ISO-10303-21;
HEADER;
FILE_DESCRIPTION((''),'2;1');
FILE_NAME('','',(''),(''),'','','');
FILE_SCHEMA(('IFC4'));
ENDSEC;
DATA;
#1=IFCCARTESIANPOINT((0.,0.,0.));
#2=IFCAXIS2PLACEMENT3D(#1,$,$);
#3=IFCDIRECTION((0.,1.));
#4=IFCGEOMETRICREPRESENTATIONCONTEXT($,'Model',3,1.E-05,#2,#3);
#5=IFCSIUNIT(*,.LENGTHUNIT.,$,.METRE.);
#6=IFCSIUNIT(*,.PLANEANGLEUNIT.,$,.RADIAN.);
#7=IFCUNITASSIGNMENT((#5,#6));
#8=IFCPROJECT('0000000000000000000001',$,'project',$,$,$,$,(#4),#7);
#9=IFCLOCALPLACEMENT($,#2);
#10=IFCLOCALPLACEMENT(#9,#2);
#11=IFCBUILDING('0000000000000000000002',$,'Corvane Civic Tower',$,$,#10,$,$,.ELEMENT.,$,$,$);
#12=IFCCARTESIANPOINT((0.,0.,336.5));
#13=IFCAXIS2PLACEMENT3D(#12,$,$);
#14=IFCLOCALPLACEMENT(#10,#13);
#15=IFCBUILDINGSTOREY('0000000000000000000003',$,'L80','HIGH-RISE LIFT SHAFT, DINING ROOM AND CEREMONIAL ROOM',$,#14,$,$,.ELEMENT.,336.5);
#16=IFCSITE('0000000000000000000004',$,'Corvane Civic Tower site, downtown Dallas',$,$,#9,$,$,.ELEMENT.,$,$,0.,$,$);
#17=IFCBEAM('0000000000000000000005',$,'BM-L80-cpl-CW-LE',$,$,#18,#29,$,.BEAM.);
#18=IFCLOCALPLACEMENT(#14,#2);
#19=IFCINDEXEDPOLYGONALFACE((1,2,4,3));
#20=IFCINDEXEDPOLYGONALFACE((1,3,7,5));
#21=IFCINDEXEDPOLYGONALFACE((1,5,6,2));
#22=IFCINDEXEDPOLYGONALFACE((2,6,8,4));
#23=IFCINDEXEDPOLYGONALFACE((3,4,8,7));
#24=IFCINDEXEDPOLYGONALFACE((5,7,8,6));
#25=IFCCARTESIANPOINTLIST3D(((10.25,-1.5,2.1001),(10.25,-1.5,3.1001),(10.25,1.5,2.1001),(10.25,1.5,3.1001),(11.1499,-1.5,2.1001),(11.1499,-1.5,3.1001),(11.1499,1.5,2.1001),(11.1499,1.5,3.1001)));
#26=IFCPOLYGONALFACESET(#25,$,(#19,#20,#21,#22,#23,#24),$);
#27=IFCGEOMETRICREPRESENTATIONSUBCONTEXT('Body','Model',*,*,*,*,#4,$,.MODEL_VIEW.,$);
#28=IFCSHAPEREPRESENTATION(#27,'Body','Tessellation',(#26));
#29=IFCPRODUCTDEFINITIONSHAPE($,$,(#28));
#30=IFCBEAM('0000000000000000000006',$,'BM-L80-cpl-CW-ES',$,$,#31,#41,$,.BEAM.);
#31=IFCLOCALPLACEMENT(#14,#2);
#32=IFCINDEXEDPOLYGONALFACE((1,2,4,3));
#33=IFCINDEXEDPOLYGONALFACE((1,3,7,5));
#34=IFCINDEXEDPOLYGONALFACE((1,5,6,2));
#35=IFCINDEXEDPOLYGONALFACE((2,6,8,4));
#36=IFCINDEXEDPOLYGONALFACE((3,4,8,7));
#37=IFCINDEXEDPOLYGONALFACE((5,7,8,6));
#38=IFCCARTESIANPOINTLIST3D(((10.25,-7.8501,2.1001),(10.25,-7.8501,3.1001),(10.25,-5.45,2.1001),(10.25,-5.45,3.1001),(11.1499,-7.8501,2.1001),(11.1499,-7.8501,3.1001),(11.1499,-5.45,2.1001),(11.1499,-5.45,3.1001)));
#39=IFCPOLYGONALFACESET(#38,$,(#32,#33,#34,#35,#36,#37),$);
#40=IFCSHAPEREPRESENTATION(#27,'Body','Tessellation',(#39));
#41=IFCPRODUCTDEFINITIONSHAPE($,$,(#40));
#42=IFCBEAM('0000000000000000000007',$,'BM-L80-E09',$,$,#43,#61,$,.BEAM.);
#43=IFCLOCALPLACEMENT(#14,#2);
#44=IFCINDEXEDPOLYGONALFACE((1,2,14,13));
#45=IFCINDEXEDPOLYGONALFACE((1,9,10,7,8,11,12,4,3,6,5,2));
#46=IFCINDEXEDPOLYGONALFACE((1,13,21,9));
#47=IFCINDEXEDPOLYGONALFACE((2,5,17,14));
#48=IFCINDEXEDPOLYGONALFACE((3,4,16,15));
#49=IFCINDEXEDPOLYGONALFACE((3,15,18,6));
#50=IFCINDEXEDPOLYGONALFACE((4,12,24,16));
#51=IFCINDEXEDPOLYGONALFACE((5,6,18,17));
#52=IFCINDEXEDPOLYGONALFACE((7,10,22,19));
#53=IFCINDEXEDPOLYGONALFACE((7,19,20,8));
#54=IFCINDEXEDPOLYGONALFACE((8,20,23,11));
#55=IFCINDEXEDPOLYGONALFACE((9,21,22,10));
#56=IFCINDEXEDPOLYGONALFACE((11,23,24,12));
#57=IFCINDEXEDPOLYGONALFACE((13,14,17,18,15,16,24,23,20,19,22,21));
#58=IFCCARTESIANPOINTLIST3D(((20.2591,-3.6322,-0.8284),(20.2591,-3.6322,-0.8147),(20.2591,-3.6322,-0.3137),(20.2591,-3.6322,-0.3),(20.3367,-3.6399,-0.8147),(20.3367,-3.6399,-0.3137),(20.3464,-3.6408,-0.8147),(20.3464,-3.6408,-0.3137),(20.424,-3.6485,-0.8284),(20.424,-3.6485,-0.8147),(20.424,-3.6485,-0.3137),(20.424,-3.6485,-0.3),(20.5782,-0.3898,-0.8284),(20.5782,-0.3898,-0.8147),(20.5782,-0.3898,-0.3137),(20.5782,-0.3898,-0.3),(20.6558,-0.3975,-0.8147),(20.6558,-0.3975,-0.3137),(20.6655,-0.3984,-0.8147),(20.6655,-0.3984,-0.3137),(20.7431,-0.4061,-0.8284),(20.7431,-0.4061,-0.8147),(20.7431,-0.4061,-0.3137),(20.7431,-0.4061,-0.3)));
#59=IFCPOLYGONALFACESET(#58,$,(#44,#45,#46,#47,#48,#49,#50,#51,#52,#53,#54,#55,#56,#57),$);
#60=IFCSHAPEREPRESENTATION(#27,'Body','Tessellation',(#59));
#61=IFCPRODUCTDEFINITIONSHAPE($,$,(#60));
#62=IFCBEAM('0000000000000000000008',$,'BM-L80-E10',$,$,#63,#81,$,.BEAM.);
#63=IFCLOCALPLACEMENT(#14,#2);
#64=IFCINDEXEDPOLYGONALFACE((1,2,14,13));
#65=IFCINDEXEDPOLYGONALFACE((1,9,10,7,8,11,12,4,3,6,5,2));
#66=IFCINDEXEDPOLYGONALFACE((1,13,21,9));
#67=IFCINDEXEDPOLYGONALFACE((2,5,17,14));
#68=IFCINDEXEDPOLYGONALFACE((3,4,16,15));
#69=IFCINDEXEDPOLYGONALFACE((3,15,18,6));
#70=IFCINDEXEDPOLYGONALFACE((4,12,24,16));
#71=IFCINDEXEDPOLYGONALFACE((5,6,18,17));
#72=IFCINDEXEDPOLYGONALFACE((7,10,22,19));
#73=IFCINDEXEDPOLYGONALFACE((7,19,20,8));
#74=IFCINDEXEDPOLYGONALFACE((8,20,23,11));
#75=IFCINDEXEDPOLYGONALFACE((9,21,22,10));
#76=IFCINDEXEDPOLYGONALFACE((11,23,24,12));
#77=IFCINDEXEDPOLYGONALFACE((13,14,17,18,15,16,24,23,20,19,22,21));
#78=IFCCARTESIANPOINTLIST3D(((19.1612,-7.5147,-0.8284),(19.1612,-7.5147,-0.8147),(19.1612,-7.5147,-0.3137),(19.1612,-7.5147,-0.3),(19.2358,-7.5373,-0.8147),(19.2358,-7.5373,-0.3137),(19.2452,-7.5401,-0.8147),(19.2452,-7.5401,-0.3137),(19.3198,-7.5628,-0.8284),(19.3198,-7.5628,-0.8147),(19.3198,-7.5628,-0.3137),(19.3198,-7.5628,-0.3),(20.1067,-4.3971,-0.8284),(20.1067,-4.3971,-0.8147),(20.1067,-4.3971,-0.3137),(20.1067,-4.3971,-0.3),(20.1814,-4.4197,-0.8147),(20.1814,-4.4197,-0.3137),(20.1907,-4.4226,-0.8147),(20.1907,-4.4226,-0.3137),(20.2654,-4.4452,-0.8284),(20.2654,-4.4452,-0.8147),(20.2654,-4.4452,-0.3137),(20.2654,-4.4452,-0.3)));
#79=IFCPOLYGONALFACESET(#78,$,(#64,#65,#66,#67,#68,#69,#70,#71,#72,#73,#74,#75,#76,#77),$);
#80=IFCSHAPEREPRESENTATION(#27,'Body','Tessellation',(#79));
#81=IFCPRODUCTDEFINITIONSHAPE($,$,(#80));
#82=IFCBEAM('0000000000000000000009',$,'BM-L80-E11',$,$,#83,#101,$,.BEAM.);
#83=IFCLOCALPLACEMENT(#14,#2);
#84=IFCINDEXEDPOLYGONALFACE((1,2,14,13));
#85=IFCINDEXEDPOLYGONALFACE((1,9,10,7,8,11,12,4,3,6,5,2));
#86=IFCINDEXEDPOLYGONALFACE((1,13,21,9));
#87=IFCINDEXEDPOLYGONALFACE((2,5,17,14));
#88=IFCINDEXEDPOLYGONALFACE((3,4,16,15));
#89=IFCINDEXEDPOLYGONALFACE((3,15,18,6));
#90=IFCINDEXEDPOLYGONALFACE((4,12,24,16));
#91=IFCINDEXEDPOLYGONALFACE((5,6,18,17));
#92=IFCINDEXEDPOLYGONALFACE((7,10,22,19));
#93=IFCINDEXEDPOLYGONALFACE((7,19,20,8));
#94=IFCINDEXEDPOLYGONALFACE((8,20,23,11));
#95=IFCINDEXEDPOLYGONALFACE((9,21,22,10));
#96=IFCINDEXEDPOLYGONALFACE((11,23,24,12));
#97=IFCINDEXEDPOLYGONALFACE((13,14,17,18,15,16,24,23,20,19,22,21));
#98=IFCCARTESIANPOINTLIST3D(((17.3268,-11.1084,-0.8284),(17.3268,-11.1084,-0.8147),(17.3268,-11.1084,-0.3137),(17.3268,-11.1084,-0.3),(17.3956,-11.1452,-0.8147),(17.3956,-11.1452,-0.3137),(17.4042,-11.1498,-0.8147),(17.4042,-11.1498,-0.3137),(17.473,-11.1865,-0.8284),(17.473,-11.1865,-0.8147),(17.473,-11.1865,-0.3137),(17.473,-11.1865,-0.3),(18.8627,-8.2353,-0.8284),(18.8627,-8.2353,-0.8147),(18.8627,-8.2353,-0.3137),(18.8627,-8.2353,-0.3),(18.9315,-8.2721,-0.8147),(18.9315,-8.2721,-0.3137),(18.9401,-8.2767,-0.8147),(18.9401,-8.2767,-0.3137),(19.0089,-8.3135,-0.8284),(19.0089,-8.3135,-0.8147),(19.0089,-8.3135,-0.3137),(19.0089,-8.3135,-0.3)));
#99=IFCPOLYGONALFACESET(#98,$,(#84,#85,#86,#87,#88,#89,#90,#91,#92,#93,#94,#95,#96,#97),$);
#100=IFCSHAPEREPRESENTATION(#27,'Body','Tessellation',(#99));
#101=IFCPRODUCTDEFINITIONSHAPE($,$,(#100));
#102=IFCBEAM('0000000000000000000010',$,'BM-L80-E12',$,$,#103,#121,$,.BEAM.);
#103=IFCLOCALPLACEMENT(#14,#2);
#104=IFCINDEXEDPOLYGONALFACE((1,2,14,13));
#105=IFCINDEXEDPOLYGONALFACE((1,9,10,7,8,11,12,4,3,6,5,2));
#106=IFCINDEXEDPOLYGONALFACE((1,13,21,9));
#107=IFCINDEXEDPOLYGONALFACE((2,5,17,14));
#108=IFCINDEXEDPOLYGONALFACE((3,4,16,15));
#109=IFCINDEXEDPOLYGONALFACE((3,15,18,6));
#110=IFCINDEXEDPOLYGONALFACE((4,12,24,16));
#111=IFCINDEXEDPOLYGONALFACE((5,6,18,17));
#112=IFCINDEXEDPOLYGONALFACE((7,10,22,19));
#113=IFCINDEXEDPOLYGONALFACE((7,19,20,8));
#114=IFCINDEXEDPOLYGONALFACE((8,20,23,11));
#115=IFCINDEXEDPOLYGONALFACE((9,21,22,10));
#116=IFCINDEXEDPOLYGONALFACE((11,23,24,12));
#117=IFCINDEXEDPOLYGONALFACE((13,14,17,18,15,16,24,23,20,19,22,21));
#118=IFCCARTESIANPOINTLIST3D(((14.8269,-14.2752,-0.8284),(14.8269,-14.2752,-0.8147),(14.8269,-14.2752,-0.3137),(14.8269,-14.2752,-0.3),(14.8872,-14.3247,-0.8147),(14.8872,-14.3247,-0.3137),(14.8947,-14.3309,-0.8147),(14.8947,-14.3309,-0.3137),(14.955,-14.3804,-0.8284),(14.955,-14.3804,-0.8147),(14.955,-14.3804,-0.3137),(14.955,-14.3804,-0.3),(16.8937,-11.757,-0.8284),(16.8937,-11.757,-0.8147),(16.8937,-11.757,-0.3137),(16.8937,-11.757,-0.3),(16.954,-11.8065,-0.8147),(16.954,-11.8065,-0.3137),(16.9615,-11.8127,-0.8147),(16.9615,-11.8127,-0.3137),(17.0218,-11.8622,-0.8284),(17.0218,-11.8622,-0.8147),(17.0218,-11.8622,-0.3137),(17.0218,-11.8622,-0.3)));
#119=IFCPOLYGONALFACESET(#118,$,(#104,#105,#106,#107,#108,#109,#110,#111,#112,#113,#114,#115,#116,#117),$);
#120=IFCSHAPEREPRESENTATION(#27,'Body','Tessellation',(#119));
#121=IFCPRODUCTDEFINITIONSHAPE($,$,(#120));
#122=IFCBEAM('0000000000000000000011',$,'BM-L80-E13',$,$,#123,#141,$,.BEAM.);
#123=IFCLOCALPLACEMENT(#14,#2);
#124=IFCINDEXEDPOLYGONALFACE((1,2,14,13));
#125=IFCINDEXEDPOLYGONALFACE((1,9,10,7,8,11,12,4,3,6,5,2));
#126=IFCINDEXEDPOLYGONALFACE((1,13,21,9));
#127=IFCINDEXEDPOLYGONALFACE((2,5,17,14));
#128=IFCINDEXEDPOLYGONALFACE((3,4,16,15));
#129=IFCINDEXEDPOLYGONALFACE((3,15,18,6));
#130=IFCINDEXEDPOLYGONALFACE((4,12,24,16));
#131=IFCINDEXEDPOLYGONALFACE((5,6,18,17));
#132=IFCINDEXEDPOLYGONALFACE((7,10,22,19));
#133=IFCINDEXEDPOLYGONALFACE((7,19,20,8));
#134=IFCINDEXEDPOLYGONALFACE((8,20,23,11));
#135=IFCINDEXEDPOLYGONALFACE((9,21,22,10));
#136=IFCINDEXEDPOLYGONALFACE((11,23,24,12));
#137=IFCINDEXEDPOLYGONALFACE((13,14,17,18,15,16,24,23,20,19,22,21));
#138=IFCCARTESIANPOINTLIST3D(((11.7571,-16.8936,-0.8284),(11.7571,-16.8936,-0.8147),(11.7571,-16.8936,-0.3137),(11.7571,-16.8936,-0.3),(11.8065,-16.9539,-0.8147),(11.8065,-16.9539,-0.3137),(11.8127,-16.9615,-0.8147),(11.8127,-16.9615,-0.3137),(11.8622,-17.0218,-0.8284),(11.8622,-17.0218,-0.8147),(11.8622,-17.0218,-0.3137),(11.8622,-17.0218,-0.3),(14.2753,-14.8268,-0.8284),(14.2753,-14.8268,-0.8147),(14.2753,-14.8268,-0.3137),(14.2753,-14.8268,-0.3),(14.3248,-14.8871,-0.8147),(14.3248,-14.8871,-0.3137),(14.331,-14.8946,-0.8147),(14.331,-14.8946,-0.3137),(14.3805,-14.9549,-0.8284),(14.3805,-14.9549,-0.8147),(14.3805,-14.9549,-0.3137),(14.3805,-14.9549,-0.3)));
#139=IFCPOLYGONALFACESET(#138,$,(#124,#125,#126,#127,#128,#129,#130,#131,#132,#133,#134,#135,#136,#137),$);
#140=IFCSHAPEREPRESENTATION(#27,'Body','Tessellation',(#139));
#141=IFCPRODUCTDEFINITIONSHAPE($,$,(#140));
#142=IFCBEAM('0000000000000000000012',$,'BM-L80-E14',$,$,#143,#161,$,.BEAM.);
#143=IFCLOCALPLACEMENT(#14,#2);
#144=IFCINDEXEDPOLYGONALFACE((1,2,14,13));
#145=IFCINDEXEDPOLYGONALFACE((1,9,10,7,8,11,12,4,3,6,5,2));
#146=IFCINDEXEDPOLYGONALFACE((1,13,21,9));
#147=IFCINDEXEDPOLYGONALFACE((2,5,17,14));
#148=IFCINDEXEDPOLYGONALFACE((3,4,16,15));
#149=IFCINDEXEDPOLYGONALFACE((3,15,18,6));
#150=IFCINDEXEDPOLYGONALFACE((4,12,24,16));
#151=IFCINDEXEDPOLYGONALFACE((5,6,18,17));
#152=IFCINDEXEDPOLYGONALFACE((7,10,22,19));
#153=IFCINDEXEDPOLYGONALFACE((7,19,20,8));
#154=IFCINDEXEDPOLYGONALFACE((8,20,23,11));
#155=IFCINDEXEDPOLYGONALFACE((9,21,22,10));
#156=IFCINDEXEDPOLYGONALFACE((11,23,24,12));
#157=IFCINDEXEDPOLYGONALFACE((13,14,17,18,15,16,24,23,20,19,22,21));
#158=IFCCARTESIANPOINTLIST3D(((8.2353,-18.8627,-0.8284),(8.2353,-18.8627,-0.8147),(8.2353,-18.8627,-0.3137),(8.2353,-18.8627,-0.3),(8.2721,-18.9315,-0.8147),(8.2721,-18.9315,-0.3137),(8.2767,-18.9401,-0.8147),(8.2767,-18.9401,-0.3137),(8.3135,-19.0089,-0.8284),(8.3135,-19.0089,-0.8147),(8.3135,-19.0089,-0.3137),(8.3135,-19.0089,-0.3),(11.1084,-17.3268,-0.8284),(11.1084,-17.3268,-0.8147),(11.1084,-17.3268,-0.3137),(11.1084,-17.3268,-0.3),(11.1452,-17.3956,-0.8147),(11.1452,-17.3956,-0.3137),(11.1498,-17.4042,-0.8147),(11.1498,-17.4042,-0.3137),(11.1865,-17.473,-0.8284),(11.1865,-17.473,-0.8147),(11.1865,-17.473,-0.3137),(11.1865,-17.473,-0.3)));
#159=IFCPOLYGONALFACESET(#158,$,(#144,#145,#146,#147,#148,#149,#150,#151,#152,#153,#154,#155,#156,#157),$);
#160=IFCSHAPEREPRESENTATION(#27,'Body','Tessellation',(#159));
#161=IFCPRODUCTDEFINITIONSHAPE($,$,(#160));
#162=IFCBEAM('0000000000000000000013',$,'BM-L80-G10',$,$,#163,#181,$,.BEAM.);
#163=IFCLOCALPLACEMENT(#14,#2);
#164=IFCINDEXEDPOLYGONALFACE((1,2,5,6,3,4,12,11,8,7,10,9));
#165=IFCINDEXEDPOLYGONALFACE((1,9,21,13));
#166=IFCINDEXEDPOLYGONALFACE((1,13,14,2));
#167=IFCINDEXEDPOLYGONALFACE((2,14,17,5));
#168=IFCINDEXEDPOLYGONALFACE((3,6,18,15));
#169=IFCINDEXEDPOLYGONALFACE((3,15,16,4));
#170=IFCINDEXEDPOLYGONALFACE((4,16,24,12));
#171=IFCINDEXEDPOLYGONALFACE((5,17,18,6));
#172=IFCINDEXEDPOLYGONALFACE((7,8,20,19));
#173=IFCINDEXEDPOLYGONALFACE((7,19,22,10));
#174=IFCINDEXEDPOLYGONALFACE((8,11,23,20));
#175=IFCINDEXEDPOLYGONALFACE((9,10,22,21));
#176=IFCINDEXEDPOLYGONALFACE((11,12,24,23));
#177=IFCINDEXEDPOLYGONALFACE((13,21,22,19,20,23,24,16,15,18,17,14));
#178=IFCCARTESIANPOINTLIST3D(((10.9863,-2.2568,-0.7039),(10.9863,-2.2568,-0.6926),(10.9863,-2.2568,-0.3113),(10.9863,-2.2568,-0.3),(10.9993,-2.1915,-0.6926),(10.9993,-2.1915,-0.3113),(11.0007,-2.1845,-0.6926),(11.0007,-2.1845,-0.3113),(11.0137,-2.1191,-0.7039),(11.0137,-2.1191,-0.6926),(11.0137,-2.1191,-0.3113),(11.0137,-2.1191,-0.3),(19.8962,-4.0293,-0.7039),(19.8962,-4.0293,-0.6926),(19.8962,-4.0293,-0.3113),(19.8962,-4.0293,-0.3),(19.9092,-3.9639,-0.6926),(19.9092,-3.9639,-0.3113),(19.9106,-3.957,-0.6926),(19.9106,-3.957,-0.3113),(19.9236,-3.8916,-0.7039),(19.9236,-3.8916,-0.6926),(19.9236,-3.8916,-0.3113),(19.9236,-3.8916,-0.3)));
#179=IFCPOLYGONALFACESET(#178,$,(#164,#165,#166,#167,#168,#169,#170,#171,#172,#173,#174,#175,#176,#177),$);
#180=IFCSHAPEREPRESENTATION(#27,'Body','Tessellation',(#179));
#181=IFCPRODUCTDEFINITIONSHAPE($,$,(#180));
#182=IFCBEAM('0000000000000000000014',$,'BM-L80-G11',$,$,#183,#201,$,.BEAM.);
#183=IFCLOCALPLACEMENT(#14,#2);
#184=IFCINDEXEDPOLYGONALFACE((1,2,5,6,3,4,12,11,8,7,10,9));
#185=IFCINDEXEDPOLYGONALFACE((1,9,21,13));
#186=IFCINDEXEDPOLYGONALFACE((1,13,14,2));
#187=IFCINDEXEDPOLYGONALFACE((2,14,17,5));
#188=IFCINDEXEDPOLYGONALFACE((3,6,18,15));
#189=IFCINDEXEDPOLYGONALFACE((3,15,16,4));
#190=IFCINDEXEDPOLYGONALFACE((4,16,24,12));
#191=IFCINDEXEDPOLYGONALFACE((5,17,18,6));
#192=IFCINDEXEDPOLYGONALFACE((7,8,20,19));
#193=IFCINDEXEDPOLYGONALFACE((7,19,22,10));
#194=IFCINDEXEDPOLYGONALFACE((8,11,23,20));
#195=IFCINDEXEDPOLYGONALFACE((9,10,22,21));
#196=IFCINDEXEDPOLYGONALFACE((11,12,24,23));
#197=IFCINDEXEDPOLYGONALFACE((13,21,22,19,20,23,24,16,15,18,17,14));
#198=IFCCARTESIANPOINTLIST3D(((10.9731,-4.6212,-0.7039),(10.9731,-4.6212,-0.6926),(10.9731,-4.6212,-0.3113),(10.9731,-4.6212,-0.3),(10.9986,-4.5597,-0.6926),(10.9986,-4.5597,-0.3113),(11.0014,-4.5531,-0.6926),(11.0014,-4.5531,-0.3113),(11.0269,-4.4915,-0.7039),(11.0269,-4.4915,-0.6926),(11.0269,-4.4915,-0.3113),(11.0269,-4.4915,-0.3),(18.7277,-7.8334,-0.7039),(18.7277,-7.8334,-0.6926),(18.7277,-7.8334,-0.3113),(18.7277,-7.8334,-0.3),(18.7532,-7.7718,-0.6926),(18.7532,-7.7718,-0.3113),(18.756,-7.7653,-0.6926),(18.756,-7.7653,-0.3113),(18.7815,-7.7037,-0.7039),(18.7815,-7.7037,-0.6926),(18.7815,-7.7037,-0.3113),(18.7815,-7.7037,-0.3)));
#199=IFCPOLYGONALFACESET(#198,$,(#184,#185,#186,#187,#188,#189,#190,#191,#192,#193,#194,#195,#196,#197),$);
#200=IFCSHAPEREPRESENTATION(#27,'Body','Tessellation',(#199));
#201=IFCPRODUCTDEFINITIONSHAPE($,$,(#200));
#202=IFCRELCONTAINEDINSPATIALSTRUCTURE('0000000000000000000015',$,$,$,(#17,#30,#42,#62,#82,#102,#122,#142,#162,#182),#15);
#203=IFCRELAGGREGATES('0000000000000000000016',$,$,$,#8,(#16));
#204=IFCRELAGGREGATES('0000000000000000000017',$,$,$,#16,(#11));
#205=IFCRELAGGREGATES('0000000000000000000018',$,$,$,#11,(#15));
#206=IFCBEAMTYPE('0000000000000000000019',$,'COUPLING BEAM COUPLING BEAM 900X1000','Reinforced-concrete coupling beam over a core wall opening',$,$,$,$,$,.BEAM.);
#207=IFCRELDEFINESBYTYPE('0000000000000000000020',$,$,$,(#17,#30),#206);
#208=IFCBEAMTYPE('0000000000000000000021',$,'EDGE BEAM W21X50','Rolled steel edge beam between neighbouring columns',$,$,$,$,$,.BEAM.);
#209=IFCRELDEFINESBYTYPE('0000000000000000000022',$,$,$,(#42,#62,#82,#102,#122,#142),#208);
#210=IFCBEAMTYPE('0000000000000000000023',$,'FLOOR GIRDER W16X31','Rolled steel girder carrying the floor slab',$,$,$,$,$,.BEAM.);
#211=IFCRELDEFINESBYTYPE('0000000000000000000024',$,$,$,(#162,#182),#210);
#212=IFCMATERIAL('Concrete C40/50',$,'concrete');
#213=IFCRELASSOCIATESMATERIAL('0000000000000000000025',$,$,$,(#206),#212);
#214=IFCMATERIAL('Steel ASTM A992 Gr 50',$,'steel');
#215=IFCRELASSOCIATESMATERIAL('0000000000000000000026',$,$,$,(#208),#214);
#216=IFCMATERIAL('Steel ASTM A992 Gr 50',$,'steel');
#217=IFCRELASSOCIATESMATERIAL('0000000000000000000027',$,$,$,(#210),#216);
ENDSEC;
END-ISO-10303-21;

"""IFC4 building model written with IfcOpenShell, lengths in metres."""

from ifc_helpers import new_model, si_unit, direction, frame, origin, origin_2d, place, context, subcontext, project, spatial, rectangle, i_section, extrude, material, material_profile, profile_set, type_object, element, save


model = new_model("IFC4")

# Units and contexts
model_context = context("Model", 3, precision=1e-05, world=origin(), true_north=direction((0.0, 1.0)))
body_context = subcontext(model_context, "Body", "Model", "MODEL_VIEW")
ifc_project = project(units=[si_unit("LENGTHUNIT", "METRE"), si_unit("PLANEANGLEUNIT", "RADIAN")], contexts=[model_context])

# Site, building, storey
site_placement = place(None, origin())
site = spatial("IfcSite", under=ifc_project, at=site_placement, Name="Corvane Civic Tower site, downtown Dallas", CompositionType="ELEMENT", RefElevation=0.0)
building_placement = place(site_placement, origin())
building = spatial("IfcBuilding", under=site, at=building_placement, Name="Corvane Civic Tower", CompositionType="ELEMENT")
storey_placement = place(building_placement, frame((0.0, 0.0, 336.5)))
storey = spatial("IfcBuildingStorey", under=building, at=storey_placement, Name="L80", Description="HIGH-RISE LIFT SHAFT, DINING ROOM AND CEREMONIAL ROOM", CompositionType="ELEMENT", Elevation=336.5)

# Beams
ifc_material_1 = material(Name="Concrete C40/50", Category="concrete")
ifc_material_profile_1 = material_profile(ifc_material_1, rectangle(XDim=0.8999, YDim=1.0, at=origin_2d()), Name="COUPLING BEAM 900X1000")
ifc_profile_set_1 = profile_set([ifc_material_profile_1], Name="Concrete C40/50")
beam_type_1 = type_object("IfcBeamType", Name="COUPLING BEAM COUPLING BEAM 900X1000", Description="Reinforced-concrete coupling beam over a core wall opening", PredefinedType="BEAM", material=ifc_profile_set_1)
beam_1_placement = place(storey_placement, frame((10.7, -1.5, 2.6001), z_axis=(0.0, 1.0, 0.0), x_axis=(-1.0, 0.0, 0.0)))
element("IfcBeam", 1, at=beam_1_placement, inside=storey, type_object=beam_type_1, Name="BM-L80-cpl-CW-LE", PredefinedType="BEAM", context=body_context, shape_type="SweptSolid", body=[
    extrude(rectangle(XDim=0.8999, YDim=1.0, at=origin_2d()), origin(), (0.0, 0.0, 1.0), 3.0),
])
beam_2_placement = place(storey_placement, frame((10.7, -7.8501, 2.6001), z_axis=(0.0, 1.0, 0.0), x_axis=(-1.0, 0.0, 0.0)))
element("IfcBeam", 2, at=beam_2_placement, inside=storey, type_object=beam_type_1, Name="BM-L80-cpl-CW-ES", PredefinedType="BEAM", context=body_context, shape_type="SweptSolid", body=[
    extrude(rectangle(XDim=0.8999, YDim=1.0, at=origin_2d()), origin(), (0.0, 0.0, 1.0), 2.4001),
])
ifc_material_2 = material(Name="Steel ASTM A992 Gr 50", Category="steel")
ifc_material_profile_2 = material_profile(ifc_material_2, i_section(OverallWidth=0.1658, OverallDepth=0.5283, WebThickness=0.0098, FlangeThickness=0.0137, at=origin_2d()), Name="W21X50")
ifc_profile_set_2 = profile_set([ifc_material_profile_2], Name="Steel ASTM A992 Gr 50")
beam_type_2 = type_object("IfcBeamType", Name="EDGE BEAM W21X50", Description="Rolled steel edge beam between neighbouring columns", PredefinedType="BEAM", material=ifc_profile_set_2)
beam_3_placement = place(storey_placement, frame((20.6606, -0.3979, -0.5642), z_axis=(-0.097938, -0.995193, 0.0), x_axis=(0.995193, -0.097938, 0.0)))
element("IfcBeam", 3, at=beam_3_placement, inside=storey, type_object=beam_type_2, Name="BM-L80-E09", PredefinedType="BEAM", context=body_context, shape_type="SweptSolid", body=[
    extrude(i_section(OverallWidth=0.1658, OverallDepth=0.5283, WebThickness=0.0098, FlangeThickness=0.0137, at=origin_2d()), origin(), (0.0, 0.0, 1.0), 3.2581),
])
for number, where, z_axis, x_axis, name in (
    (4, (20.186, -4.4211, -0.5642), (-0.290234, -0.956956, 0.0), (0.956956, -0.290234, 0.0), "BM-L80-E10"),
    (5, (18.9358, -8.2744, -0.5642), (-0.471448, -0.881894, 0.0), (0.881894, -0.471448, 0.0), "BM-L80-E11"),
    (6, (16.9578, -11.8096, -0.5642), (-0.634425, -0.772985, 0.0), (0.772985, -0.634425, 0.0), "BM-L80-E12"),
    (7, (14.3279, -14.8909, -0.5642), (-0.772985, -0.634425, 0.0), (0.634425, -0.772985, 0.0), "BM-L80-E13"),
    (8, (11.1475, -17.3999, -0.5642), (-0.881894, -0.471448, 0.0), (0.471448, -0.881894, 0.0), "BM-L80-E14"),
):
    element("IfcBeam", number, at=place(storey_placement, frame(where, z_axis=z_axis, x_axis=x_axis)), inside=storey, type_object=beam_type_2, Name=name, PredefinedType="BEAM", context=body_context, shape_type="SweptSolid", body=[
        extrude(i_section(OverallWidth=0.1658, OverallDepth=0.5283, WebThickness=0.0098, FlangeThickness=0.0137, at=origin_2d()), origin(), (0.0, 0.0, 1.0), 3.2578),
    ])
ifc_material_3 = material(Name="Steel ASTM A992 Gr 50", Category="steel")
ifc_material_profile_3 = material_profile(ifc_material_3, i_section(OverallWidth=0.1404, OverallDepth=0.4038, WebThickness=0.0071, FlangeThickness=0.0112, at=origin_2d()), Name="W16X31")
ifc_profile_set_3 = profile_set([ifc_material_profile_3], Name="Steel ASTM A992 Gr 50")
beam_type_3 = type_object("IfcBeamType", Name="FLOOR GIRDER W16X31", Description="Rolled steel girder carrying the floor slab", PredefinedType="BEAM", material=ifc_profile_set_3)
beam_4_placement = place(storey_placement, frame((11.0, -2.188, -0.502), z_axis=(0.980782, -0.195108, 0.0), x_axis=(0.195108, 0.980782, 0.0)))
element("IfcBeam", 9, at=beam_4_placement, inside=storey, type_object=beam_type_3, Name="BM-L80-G10", PredefinedType="BEAM", context=body_context, shape_type="SweptSolid", body=[
    extrude(i_section(OverallWidth=0.1404, OverallDepth=0.4038, WebThickness=0.0071, FlangeThickness=0.0112, at=origin_2d()), origin(), (0.0, 0.0, 1.0), 9.0845),
])
beam_5_placement = place(storey_placement, frame((11.0, -4.5564, -0.502), z_axis=(0.923876, -0.382692, 0.0), x_axis=(0.382692, 0.923876, 0.0)))
element("IfcBeam", 10, at=beam_5_placement, inside=storey, type_object=beam_type_3, Name="BM-L80-G11", PredefinedType="BEAM", context=body_context, shape_type="SweptSolid", body=[
    extrude(i_section(OverallWidth=0.1404, OverallDepth=0.4038, WebThickness=0.0071, FlangeThickness=0.0112, at=origin_2d()), origin(), (0.0, 0.0, 1.0), 8.3936),
])

save(model, "model.ifc")
